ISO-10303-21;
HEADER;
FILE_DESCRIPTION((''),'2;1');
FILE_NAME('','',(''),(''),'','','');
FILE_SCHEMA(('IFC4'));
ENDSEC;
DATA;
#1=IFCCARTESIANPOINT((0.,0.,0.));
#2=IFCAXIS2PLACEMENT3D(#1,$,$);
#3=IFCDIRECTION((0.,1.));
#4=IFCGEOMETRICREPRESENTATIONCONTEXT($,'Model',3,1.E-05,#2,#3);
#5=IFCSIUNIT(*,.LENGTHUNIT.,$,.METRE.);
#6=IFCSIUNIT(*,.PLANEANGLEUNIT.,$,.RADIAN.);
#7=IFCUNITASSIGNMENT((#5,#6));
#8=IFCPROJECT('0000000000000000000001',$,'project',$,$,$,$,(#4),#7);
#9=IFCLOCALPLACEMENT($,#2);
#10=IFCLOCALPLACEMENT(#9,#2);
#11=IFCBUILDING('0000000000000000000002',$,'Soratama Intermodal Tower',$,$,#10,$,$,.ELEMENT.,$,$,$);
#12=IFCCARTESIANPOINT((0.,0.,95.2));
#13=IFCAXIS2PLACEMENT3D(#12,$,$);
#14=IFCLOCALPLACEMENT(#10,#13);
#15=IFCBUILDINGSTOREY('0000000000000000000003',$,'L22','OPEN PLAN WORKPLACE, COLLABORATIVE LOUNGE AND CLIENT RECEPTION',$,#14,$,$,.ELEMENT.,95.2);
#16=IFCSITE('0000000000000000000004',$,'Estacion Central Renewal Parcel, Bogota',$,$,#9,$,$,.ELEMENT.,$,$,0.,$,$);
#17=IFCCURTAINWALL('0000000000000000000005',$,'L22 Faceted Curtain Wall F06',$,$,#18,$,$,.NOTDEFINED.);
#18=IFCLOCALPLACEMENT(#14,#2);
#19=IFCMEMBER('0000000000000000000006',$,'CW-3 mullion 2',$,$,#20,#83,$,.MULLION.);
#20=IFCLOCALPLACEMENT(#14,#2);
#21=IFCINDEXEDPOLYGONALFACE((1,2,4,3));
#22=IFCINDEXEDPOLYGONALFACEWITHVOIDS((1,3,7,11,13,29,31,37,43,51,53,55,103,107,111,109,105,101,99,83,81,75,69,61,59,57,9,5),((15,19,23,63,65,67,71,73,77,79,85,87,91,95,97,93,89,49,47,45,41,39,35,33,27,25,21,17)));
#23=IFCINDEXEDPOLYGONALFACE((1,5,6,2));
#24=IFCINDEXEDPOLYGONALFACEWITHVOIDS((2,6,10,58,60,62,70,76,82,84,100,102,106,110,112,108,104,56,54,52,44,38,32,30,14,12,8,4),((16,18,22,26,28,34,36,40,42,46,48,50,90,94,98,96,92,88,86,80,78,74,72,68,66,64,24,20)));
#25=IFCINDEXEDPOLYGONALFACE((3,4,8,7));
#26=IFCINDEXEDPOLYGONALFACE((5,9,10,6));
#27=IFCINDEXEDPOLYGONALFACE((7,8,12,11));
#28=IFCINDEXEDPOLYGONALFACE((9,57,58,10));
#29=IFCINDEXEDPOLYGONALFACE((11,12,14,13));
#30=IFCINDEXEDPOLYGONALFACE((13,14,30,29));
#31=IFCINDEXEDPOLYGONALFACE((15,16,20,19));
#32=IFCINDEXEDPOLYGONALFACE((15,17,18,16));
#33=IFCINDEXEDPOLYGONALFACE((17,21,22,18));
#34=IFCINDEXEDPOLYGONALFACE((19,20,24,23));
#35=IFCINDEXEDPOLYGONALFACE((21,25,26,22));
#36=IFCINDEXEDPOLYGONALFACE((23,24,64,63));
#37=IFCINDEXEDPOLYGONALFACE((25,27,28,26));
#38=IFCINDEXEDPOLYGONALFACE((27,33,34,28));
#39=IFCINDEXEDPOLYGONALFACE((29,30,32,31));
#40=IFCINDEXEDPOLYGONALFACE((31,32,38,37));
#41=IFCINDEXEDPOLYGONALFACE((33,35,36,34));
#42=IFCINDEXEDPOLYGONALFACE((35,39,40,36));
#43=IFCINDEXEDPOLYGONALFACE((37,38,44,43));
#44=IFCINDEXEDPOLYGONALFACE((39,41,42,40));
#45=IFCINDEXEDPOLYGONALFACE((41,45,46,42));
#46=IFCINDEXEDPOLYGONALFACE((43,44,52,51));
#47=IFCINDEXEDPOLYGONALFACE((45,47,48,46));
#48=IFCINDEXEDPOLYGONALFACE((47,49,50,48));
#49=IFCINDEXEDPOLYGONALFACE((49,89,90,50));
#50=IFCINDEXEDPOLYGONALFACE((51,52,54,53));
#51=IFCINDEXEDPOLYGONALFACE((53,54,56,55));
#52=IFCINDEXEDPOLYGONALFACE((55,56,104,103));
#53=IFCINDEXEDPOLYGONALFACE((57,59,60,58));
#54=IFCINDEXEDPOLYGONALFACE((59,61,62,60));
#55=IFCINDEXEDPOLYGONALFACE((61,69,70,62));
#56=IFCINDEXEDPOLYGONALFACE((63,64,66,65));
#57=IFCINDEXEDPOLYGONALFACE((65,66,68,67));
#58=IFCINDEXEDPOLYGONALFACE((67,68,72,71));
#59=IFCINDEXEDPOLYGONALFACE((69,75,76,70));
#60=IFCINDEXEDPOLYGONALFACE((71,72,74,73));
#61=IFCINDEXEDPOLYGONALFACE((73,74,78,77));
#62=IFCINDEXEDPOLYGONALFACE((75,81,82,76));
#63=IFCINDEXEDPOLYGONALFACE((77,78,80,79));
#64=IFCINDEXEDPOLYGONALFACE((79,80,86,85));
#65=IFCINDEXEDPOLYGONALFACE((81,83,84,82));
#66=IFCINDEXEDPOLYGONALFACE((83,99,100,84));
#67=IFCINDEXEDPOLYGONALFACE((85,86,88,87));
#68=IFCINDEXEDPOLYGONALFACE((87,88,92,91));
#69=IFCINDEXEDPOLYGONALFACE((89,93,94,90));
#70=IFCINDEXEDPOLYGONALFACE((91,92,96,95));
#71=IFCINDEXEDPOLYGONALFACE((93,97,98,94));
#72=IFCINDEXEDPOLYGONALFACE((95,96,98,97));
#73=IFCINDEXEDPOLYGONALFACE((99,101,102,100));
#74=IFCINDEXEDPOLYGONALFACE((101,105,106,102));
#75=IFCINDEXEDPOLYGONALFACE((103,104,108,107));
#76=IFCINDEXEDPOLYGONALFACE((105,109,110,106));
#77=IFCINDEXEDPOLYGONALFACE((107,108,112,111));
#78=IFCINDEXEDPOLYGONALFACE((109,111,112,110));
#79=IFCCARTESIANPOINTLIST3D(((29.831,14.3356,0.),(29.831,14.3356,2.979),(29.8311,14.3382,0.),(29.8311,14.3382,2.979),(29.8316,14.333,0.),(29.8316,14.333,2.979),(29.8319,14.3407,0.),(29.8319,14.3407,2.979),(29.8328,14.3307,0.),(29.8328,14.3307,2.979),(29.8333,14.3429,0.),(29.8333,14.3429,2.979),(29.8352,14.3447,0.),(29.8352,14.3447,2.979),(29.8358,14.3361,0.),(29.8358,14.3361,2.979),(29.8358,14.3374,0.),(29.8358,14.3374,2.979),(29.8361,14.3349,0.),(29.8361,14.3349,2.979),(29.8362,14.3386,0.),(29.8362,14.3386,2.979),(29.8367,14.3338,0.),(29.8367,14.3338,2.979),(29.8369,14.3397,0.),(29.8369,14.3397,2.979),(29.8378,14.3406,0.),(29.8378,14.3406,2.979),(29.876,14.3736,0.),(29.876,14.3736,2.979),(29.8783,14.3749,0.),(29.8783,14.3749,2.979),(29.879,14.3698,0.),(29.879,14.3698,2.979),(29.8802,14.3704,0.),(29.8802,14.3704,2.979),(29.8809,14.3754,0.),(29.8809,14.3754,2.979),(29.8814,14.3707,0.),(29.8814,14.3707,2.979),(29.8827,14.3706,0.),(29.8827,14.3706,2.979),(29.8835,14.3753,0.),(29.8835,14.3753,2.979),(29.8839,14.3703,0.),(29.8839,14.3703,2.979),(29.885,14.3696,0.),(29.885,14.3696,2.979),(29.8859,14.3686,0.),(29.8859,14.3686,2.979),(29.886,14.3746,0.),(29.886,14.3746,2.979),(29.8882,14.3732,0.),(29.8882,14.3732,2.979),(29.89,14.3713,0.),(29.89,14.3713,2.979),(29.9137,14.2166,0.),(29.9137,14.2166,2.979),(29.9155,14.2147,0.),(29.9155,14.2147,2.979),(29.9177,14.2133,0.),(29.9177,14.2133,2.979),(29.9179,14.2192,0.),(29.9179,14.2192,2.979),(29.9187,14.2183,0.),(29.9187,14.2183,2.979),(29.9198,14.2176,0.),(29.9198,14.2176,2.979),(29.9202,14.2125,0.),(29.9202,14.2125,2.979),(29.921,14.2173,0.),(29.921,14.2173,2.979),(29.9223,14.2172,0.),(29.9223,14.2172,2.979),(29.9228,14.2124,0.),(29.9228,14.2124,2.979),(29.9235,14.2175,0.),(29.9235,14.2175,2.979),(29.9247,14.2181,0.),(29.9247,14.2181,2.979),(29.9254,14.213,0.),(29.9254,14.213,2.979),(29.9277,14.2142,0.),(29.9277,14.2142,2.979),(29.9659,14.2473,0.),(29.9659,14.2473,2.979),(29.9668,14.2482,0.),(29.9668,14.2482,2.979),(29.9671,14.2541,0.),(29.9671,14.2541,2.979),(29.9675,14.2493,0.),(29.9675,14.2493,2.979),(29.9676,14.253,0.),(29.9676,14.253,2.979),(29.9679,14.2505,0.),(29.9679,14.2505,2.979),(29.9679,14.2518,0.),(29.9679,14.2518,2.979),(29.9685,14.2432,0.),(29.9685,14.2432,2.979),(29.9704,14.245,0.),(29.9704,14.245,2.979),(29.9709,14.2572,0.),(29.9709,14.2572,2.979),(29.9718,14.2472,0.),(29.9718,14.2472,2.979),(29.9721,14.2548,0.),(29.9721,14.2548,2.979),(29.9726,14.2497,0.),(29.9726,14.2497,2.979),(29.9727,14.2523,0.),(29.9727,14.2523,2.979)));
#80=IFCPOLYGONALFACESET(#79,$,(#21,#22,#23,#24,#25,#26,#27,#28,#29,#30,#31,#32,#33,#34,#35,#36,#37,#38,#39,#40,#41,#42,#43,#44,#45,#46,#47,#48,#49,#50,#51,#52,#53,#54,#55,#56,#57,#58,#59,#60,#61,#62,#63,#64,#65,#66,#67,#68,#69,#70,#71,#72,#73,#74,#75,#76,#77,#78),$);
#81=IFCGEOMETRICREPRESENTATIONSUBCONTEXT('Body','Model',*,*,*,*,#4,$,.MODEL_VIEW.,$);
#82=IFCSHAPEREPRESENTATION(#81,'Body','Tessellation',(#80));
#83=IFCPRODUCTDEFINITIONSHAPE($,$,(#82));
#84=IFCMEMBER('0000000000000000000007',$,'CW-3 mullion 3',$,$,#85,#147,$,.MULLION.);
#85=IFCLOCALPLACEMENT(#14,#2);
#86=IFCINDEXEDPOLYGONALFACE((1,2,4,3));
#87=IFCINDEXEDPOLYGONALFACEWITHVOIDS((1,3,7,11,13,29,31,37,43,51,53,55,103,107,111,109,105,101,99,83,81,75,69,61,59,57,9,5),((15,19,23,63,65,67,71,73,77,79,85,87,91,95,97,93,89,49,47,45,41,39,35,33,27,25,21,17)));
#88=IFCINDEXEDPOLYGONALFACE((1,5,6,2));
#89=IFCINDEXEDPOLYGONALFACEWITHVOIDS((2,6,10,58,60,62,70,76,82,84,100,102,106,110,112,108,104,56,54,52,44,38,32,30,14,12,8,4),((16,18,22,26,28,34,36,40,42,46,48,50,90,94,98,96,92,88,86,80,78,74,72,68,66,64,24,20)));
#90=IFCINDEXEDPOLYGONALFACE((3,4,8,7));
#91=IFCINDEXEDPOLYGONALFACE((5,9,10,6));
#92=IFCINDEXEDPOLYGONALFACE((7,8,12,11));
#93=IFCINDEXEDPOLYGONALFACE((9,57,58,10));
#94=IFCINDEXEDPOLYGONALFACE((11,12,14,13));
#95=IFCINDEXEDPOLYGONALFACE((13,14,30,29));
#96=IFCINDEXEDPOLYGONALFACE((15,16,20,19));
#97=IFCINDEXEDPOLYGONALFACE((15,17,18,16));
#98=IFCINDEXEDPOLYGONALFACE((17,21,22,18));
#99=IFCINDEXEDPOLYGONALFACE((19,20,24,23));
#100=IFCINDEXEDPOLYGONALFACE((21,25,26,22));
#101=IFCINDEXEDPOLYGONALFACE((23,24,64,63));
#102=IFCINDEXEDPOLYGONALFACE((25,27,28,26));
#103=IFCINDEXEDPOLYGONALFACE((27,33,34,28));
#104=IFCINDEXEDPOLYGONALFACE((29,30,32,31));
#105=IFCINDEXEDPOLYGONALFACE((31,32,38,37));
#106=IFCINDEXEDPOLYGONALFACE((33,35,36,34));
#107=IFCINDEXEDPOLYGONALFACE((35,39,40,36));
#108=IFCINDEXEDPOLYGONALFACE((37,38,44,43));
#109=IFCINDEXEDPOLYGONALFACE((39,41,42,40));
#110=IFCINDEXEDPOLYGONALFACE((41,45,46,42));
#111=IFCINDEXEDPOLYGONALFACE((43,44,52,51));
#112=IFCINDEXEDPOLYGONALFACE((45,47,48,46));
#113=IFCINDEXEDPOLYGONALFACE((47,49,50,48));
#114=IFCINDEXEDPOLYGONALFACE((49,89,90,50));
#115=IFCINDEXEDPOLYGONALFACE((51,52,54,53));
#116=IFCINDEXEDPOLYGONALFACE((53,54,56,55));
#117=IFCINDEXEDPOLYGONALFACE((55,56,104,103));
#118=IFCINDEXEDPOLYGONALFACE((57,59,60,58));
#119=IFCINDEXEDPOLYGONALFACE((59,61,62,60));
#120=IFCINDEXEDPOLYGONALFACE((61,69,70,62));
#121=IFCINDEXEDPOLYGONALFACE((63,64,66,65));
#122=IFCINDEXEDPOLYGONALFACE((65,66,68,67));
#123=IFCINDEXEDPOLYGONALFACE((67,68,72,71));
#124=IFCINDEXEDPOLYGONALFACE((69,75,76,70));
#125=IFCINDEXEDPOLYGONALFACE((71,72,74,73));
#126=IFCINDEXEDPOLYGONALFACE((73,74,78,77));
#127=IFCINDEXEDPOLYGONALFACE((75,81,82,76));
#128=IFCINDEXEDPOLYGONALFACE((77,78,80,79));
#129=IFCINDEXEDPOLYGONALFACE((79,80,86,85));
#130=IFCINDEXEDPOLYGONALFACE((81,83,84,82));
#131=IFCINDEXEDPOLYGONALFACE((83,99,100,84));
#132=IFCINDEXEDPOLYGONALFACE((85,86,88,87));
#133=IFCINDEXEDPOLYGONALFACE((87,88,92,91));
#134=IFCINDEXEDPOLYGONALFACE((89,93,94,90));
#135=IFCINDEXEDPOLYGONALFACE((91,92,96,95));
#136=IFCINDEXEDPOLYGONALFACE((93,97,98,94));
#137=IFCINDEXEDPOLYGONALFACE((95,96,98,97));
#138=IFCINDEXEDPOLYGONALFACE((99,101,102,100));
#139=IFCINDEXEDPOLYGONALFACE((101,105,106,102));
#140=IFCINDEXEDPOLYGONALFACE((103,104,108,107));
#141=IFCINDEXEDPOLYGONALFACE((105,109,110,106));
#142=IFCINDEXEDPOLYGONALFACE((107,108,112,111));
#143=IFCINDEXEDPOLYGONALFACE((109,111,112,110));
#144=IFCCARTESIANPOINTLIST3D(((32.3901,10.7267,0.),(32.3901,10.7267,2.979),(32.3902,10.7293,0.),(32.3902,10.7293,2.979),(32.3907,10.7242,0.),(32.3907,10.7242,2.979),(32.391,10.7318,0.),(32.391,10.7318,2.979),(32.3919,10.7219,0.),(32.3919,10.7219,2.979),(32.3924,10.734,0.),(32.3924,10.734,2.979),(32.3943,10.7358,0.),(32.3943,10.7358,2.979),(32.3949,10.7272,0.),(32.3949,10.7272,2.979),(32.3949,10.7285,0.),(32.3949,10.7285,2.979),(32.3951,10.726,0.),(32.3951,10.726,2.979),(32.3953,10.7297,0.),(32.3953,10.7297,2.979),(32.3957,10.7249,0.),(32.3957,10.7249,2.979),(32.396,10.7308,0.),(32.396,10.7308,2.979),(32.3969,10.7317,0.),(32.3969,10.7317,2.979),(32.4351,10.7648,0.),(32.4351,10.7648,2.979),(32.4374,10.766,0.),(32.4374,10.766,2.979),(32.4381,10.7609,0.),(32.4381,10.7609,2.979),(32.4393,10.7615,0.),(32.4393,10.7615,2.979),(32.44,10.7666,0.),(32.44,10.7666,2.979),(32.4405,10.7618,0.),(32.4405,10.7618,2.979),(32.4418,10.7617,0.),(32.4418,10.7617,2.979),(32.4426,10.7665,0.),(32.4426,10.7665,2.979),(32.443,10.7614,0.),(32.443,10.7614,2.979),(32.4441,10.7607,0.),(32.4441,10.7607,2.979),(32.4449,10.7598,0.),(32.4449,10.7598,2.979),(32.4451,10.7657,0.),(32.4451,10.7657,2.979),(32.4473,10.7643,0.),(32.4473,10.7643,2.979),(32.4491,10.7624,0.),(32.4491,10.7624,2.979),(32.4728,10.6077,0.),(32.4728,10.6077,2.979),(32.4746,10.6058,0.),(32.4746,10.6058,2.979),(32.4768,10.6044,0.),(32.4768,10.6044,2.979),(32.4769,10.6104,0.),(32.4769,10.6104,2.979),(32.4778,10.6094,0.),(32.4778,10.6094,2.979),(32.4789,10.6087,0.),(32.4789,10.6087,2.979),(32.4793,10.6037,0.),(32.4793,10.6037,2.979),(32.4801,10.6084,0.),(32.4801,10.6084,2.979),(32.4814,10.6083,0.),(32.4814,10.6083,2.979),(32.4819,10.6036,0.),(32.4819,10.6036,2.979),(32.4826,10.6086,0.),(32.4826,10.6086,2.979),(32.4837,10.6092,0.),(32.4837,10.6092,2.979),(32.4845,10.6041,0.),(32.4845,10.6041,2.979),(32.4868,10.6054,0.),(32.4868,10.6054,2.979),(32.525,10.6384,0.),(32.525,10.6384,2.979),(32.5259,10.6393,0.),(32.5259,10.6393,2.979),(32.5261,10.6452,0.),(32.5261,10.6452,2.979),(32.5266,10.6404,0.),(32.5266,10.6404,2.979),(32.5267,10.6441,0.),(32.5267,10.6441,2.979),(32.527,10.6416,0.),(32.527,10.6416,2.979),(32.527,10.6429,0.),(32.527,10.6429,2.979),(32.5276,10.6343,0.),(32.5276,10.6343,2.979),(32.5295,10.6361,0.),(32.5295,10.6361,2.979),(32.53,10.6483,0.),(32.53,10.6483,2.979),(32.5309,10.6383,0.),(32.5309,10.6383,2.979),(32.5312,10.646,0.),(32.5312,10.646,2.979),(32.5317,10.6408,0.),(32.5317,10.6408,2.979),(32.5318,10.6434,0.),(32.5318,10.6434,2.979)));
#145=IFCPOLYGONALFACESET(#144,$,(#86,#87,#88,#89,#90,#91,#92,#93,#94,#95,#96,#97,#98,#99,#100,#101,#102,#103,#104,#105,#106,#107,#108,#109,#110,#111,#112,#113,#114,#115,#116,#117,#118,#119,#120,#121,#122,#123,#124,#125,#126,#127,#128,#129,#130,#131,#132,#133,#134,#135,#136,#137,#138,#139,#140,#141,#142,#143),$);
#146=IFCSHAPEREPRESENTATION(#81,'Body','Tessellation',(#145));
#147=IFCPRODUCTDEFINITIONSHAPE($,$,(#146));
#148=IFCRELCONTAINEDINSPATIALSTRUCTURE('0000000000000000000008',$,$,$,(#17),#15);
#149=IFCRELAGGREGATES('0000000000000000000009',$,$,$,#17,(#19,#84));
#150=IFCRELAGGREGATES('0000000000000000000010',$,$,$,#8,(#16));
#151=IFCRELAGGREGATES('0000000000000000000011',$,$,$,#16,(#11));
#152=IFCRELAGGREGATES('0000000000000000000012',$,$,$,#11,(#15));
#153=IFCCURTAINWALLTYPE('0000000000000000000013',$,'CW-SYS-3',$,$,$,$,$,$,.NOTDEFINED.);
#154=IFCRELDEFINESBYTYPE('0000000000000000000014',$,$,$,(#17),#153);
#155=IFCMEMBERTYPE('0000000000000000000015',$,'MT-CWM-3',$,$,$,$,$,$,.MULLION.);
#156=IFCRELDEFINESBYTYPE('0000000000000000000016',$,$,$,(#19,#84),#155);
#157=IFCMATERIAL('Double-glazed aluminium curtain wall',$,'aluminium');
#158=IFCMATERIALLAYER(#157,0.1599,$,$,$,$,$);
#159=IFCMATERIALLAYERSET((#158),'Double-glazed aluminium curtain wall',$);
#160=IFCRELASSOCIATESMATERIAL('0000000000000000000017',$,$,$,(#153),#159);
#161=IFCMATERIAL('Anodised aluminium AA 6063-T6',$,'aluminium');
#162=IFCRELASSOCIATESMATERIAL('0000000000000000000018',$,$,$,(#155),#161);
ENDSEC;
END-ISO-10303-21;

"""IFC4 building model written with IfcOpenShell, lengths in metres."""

from ifc_helpers import new_model, si_unit, direction, frame, origin, origin_2d, place, context, subcontext, project, spatial, hollow_rectangle, extrude, material, layer, layer_set, material_profile, profile_set, type_object, element, aggregate, save


model = new_model("IFC4")

# Units and contexts
model_context = context("Model", 3, precision=1e-05, world=origin(), true_north=direction((0.0, 1.0)))
body_context = subcontext(model_context, "Body", "Model", "MODEL_VIEW")
ifc_project = project(units=[si_unit("LENGTHUNIT", "METRE"), si_unit("PLANEANGLEUNIT", "RADIAN")], contexts=[model_context])

# Site, building, storey
site_placement = place(None, origin())
site = spatial("IfcSite", under=ifc_project, at=site_placement, Name="Estacion Central Renewal Parcel, Bogota", CompositionType="ELEMENT", RefElevation=0.0)
building_placement = place(site_placement, origin())
building = spatial("IfcBuilding", under=site, at=building_placement, Name="Soratama Intermodal Tower", CompositionType="ELEMENT")
storey_placement = place(building_placement, frame((0.0, 0.0, 95.2)))
storey = spatial("IfcBuildingStorey", under=building, at=storey_placement, Name="L22", Description="OPEN PLAN WORKPLACE, COLLABORATIVE LOUNGE AND CLIENT RECEPTION", CompositionType="ELEMENT", Elevation=95.2)

# Curtain wall, members
ifc_material_1 = material(Name="Double-glazed aluminium curtain wall", Category="aluminium")
ifc_layer_1 = layer(ifc_material_1, 0.1599)
ifc_layer_set_1 = layer_set([ifc_layer_1], Name="Double-glazed aluminium curtain wall")
curtain_wall_type = type_object("IfcCurtainWallType", Name="CW-SYS-3", PredefinedType="NOTDEFINED", material=ifc_layer_set_1)
curtain_wall_placement = place(storey_placement, origin())
curtain_wall = element("IfcCurtainWall", 1, at=curtain_wall_placement, inside=storey, type_object=curtain_wall_type, Name="L22 Faceted Curtain Wall F06", PredefinedType="NOTDEFINED")
ifc_material_2 = material(Name="Anodised aluminium AA 6063-T6", Category="aluminium")
ifc_material_profile_1 = material_profile(ifc_material_2, hollow_rectangle(XDim=0.0701, YDim=0.1599, WallThickness=0.0049, InnerFilletRadius=0.0049, OuterFilletRadius=0.01, at=origin_2d()), Name="CWM160X70X5")
ifc_profile_set_1 = profile_set([ifc_material_profile_1], Name="Anodised aluminium AA 6063-T6")
member_type_1 = type_object("IfcMemberType", Name="MT-CWM-3", PredefinedType="MULLION", material=ifc_profile_set_1)
member_1_placement = place(storey_placement, frame((29.9019, 14.2939, 0.0), z_axis=(0.0, 0.0, 1.0), x_axis=(0.815736, 0.578424, 0.0)))
member_1 = element("IfcMember", 2, at=member_1_placement, type_object=member_type_1, Name="CW-3 mullion 2", PredefinedType="MULLION", context=body_context, shape_type="SweptSolid", body=[
    extrude(hollow_rectangle(XDim=0.0701, YDim=0.1599, WallThickness=0.0049, InnerFilletRadius=0.0049, OuterFilletRadius=0.01, at=origin_2d()), origin(), (0.0, 0.0, 1.0), 2.979),
])
member_2_placement = place(storey_placement, frame((32.4609, 10.6851, 0.0), z_axis=(0.0, 0.0, 1.0), x_axis=(0.815736, 0.578424, 0.0)))
member_2 = element("IfcMember", 3, at=member_2_placement, type_object=member_type_1, Name="CW-3 mullion 3", PredefinedType="MULLION", context=body_context, shape_type="SweptSolid", body=[
    extrude(hollow_rectangle(XDim=0.0701, YDim=0.1599, WallThickness=0.0049, InnerFilletRadius=0.0049, OuterFilletRadius=0.01, at=origin_2d()), origin(), (0.0, 0.0, 1.0), 2.979),
])
aggregate(curtain_wall, [member_1, member_2])

save(model, "model.ifc")
